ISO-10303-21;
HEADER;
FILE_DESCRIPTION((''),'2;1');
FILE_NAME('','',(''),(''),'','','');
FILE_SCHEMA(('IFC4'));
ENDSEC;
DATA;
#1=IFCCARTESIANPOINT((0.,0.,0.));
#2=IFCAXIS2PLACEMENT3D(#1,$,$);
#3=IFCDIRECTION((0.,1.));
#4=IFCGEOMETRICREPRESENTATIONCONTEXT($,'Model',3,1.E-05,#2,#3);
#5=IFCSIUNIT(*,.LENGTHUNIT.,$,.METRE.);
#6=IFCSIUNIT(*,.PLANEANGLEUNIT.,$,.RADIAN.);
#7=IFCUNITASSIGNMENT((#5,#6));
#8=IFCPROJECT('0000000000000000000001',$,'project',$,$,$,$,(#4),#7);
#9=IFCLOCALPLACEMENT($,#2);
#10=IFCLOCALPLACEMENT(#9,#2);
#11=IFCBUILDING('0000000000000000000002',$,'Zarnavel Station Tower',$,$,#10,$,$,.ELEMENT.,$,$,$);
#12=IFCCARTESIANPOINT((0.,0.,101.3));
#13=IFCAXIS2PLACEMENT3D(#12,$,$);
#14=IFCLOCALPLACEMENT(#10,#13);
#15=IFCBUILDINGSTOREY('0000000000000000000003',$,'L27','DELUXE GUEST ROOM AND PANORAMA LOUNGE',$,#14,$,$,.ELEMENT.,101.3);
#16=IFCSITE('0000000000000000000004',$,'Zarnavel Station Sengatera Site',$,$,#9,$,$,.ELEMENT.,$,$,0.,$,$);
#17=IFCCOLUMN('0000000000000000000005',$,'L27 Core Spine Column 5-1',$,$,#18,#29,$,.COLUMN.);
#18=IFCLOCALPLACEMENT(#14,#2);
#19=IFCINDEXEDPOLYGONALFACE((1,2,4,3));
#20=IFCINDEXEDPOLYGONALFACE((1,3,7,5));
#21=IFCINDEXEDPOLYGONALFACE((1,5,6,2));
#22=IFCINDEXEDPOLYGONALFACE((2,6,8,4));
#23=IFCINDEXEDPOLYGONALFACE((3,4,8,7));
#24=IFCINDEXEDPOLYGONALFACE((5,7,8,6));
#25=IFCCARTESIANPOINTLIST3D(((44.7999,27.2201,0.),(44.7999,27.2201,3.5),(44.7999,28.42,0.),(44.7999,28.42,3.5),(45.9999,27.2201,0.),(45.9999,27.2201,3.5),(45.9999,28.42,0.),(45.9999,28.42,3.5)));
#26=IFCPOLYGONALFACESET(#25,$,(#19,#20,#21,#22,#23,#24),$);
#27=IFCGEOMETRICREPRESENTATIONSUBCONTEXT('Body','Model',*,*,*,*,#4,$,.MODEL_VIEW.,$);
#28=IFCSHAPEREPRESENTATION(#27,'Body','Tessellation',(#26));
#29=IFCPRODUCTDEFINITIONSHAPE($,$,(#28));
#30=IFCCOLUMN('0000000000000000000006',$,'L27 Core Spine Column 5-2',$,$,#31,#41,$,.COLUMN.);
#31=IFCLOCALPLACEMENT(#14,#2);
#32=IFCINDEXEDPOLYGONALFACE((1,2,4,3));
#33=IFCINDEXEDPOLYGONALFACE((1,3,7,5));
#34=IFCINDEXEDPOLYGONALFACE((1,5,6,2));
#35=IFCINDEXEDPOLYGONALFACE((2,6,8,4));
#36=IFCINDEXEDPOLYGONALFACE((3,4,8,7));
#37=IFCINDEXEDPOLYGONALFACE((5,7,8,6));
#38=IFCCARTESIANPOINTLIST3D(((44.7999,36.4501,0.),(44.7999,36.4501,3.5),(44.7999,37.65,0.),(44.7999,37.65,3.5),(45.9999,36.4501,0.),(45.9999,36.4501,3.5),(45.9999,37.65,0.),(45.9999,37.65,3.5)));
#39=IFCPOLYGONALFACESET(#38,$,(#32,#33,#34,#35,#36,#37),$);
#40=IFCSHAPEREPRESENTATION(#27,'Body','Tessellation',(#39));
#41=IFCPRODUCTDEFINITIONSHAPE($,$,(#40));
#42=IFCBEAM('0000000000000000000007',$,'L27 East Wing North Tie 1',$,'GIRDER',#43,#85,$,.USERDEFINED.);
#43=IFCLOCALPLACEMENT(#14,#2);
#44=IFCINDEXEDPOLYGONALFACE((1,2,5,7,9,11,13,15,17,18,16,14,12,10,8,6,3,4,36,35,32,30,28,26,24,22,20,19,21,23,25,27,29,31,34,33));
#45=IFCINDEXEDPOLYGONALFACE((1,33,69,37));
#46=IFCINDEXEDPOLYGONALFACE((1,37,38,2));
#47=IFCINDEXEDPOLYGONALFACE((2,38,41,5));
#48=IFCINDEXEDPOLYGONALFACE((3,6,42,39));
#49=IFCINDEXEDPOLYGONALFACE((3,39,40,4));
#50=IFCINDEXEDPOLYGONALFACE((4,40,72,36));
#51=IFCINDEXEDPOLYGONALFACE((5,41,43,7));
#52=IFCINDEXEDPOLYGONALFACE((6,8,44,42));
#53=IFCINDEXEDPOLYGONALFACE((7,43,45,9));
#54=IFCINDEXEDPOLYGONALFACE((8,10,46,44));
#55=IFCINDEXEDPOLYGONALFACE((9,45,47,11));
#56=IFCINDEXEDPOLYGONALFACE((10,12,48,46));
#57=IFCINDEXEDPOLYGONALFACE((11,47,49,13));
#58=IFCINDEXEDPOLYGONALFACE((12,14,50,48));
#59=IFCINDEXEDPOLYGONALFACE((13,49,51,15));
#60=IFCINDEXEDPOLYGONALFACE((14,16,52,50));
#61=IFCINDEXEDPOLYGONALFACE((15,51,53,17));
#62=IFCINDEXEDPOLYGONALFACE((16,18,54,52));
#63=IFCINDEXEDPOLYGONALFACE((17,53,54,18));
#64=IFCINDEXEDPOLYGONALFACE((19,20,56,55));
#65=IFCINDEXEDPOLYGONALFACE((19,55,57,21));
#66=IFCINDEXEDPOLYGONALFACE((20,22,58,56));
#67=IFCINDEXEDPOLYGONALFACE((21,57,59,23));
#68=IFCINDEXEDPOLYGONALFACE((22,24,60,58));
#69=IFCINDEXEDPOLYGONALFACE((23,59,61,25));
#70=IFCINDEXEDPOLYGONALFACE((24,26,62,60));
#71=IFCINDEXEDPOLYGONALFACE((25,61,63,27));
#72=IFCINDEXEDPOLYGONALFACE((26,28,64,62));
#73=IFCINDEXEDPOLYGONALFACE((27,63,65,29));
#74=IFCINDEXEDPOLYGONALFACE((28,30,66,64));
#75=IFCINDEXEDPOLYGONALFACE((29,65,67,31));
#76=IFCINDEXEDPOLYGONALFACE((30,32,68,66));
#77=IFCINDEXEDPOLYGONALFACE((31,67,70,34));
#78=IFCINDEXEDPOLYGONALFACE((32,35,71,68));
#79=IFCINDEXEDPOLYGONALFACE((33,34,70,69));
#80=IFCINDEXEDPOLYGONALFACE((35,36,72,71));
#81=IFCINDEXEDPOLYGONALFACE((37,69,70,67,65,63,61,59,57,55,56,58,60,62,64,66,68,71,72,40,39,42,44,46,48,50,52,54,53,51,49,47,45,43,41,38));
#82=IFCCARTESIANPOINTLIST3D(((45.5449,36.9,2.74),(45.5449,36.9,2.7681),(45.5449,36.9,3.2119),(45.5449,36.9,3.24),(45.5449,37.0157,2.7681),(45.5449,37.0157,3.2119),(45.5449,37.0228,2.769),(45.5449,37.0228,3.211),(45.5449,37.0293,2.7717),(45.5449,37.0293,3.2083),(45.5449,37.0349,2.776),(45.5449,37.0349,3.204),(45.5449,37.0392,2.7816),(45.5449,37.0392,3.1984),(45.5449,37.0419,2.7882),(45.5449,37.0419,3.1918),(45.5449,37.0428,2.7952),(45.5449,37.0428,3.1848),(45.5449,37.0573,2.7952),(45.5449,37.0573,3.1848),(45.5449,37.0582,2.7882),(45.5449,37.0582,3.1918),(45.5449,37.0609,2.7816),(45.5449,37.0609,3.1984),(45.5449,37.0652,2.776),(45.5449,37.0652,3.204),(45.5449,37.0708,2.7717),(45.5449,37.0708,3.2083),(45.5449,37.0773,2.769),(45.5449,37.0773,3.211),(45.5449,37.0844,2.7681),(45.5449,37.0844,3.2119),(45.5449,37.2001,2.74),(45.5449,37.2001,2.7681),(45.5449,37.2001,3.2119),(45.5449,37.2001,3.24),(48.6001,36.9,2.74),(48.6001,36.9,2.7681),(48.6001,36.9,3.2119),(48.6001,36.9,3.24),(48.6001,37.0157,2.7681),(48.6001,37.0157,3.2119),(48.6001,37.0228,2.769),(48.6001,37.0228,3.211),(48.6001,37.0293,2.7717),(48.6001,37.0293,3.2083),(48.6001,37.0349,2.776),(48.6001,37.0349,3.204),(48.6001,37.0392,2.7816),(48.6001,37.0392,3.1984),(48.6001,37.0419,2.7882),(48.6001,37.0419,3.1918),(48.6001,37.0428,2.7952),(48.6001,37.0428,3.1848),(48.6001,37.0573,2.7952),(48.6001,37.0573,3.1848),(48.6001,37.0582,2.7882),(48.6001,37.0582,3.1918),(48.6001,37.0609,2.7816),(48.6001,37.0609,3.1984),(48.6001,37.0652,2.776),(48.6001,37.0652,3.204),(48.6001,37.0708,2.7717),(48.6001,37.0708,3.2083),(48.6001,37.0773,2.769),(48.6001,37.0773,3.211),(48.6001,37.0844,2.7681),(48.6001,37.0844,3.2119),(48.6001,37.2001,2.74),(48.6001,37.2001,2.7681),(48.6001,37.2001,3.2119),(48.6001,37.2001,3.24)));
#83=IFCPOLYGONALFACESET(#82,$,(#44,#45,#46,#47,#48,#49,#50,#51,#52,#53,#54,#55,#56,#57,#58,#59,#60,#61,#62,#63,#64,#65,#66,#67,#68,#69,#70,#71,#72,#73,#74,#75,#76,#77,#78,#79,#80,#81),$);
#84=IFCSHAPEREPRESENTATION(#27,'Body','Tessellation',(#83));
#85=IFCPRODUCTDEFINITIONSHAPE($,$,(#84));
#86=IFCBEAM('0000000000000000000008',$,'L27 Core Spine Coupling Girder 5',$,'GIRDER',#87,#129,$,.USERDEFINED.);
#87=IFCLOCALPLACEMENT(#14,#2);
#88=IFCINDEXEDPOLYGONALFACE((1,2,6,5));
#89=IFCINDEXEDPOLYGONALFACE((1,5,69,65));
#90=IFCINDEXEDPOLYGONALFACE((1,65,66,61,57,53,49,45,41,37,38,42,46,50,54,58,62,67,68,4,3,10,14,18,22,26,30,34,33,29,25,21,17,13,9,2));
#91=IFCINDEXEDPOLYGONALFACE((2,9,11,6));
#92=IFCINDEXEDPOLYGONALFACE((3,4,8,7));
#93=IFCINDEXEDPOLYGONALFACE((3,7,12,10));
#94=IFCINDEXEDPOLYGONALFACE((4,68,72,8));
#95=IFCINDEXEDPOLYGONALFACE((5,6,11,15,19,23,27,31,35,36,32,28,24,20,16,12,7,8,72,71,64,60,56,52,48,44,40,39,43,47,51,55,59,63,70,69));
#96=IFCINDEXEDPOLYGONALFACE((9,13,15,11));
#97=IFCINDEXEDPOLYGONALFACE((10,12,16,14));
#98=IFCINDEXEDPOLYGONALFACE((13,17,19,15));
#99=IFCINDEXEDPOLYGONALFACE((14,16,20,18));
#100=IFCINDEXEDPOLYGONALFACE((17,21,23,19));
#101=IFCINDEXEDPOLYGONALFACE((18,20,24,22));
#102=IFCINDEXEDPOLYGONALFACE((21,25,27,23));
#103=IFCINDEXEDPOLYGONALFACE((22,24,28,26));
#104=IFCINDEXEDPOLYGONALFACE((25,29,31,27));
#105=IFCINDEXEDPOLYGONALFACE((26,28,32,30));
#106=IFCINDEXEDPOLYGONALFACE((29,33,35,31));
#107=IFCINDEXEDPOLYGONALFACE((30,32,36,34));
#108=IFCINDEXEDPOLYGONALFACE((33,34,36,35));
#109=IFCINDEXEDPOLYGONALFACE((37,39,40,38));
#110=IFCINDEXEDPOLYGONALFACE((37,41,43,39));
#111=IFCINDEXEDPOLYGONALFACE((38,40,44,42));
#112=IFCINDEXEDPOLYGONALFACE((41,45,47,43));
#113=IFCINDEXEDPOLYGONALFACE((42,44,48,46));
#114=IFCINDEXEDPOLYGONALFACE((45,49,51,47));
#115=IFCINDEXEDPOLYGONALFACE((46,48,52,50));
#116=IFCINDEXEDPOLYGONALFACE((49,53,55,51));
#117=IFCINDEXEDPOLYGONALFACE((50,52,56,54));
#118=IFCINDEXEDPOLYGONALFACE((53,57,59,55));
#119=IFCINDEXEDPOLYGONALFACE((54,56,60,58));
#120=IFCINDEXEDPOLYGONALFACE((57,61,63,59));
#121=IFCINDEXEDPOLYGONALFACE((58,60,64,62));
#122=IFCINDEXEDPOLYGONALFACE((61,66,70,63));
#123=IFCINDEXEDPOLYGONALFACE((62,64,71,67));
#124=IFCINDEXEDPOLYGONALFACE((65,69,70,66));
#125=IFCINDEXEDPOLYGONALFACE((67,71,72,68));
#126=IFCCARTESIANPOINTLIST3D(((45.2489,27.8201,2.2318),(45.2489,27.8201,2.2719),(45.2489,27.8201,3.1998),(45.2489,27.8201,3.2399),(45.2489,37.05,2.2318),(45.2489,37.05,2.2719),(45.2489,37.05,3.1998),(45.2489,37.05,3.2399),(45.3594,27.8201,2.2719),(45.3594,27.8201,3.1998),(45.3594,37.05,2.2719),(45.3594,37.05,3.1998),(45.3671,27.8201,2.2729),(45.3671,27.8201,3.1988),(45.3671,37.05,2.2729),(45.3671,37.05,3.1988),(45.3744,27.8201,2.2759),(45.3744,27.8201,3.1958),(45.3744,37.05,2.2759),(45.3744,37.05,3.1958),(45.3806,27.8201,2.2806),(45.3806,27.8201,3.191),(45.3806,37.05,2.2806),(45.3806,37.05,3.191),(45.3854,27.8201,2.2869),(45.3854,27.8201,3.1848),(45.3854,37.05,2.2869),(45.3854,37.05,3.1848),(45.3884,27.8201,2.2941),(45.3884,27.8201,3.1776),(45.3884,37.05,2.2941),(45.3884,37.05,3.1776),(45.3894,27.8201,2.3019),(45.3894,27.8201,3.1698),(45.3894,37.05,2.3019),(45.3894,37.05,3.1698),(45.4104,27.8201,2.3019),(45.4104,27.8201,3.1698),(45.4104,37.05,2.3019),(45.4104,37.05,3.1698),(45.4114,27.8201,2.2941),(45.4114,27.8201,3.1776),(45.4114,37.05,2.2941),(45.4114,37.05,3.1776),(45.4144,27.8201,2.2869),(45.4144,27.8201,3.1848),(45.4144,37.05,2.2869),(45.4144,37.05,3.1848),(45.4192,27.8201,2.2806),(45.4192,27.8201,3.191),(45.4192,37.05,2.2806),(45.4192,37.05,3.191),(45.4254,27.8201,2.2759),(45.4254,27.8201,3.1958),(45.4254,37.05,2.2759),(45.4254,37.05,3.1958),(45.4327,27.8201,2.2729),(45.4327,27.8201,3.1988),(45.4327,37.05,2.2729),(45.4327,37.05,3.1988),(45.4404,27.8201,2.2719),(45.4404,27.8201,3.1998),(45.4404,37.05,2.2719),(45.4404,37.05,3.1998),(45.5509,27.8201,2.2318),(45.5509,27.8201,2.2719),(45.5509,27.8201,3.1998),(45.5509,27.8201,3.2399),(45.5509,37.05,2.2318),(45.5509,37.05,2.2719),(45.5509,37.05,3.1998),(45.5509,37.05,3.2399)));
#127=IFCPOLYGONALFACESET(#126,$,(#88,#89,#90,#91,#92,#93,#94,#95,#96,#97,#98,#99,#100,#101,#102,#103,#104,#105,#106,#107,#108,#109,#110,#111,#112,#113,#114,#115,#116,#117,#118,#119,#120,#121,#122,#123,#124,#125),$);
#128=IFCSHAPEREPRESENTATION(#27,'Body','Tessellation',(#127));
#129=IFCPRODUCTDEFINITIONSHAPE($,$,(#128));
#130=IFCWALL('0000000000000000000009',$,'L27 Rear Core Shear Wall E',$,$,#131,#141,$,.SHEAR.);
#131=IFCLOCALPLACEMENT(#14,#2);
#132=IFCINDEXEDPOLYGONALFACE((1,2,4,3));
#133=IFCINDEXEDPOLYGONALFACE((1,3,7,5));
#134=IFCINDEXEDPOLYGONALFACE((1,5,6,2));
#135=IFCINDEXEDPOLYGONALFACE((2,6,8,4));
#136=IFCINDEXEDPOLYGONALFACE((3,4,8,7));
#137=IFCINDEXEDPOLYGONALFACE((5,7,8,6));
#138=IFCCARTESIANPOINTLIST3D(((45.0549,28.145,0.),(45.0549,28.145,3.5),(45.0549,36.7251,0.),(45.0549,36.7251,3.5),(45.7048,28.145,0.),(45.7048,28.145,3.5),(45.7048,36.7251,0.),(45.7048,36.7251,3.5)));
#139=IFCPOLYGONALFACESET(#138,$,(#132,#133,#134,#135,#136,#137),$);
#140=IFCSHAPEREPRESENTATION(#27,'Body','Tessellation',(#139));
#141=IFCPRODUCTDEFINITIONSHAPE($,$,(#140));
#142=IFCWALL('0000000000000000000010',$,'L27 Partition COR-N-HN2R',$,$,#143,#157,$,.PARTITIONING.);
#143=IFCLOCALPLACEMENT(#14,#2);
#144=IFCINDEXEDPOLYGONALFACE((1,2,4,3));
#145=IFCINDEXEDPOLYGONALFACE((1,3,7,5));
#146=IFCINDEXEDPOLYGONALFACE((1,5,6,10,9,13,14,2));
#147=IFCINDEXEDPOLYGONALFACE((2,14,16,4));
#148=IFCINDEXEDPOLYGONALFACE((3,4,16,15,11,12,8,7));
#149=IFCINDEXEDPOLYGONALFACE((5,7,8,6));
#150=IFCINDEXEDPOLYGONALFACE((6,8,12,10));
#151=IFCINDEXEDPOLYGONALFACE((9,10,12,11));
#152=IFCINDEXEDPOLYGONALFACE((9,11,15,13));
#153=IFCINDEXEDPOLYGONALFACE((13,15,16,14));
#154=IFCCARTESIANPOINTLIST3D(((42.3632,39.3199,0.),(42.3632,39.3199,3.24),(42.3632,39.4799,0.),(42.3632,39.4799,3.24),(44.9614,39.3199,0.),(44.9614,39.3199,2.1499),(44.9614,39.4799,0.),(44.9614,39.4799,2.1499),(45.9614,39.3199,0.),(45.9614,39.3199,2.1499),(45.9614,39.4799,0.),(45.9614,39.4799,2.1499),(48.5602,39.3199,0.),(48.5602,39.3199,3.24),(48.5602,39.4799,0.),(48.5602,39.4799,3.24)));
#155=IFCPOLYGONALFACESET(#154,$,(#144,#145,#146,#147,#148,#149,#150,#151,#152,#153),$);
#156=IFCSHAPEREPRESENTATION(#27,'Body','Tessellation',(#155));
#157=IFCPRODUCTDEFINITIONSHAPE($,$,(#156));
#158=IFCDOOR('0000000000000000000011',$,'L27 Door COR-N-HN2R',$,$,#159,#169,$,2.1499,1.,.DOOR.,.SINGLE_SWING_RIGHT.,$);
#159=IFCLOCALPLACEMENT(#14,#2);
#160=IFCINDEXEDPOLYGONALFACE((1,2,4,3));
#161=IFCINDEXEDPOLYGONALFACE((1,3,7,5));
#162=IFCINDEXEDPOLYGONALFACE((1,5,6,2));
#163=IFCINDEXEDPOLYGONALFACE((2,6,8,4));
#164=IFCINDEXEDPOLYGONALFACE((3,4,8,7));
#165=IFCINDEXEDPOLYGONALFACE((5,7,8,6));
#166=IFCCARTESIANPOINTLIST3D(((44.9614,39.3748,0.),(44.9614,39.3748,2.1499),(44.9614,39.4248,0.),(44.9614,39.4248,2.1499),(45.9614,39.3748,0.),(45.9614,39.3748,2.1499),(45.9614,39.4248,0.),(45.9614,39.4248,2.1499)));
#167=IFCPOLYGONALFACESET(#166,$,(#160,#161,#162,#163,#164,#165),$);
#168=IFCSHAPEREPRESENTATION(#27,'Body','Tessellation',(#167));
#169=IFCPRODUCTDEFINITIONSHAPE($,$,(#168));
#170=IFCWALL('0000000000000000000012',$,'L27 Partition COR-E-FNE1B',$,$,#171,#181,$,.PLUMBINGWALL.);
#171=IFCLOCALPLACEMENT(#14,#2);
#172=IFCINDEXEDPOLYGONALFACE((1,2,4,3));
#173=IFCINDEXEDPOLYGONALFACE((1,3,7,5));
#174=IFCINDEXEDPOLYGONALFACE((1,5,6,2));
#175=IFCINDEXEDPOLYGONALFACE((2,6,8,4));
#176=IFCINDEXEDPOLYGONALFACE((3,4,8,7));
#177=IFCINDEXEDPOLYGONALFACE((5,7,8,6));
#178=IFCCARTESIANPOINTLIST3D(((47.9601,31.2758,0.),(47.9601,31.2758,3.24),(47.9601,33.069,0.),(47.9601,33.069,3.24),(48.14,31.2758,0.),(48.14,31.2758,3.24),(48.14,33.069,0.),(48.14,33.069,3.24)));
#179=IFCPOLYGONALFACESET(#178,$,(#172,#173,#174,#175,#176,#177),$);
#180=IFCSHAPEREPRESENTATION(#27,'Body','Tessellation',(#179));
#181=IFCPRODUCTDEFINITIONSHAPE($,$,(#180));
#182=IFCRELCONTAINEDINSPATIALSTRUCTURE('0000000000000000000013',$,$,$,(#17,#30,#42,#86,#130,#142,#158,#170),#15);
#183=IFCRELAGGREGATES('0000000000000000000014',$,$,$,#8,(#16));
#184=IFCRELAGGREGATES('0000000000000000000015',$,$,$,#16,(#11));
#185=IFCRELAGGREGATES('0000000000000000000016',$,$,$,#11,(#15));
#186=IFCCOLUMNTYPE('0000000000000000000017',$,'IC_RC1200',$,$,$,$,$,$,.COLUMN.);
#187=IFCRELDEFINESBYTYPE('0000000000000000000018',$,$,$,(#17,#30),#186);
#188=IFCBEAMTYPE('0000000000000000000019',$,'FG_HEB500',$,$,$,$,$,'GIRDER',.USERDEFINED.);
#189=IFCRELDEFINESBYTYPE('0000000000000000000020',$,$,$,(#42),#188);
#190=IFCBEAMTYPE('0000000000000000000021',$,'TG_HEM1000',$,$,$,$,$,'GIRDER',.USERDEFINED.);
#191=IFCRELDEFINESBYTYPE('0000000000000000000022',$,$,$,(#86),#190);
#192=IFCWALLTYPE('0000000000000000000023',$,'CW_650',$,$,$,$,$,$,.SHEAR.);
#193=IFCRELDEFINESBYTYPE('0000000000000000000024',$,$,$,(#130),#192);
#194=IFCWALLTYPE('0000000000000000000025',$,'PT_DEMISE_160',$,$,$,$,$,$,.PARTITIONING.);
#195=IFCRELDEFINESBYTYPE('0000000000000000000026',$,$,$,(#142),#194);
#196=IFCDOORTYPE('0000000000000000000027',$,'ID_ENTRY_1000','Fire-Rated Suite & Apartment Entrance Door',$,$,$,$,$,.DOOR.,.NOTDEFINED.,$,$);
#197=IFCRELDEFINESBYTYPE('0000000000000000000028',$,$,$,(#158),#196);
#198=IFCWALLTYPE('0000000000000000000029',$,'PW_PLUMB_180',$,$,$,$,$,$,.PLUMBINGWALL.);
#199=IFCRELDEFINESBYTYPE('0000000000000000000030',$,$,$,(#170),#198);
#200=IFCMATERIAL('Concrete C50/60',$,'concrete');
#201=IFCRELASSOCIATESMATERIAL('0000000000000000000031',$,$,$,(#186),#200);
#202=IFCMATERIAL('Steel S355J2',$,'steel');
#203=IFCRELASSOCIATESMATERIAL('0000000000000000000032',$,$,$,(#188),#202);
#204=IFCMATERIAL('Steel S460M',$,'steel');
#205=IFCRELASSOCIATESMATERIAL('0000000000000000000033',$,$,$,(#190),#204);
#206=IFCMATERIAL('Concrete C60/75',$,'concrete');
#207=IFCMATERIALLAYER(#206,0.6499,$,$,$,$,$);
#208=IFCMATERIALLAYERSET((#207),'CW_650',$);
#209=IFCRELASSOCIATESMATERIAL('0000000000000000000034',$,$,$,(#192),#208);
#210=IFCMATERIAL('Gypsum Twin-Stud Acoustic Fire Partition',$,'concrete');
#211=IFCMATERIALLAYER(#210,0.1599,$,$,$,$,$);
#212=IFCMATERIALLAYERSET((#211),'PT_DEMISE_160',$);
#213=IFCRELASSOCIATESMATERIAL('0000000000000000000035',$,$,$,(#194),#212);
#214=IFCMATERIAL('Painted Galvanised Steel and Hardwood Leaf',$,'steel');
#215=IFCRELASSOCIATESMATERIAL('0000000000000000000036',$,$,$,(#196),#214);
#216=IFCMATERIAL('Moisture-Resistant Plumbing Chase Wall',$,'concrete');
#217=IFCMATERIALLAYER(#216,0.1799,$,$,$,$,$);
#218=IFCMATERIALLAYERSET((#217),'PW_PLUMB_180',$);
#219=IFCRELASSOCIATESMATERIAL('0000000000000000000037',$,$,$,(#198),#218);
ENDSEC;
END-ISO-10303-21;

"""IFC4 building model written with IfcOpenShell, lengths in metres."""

from ifc_helpers import new_model, si_unit, direction, frame, frame_2d, origin, origin_2d, place, context, subcontext, project, spatial, rectangle, i_section, extrude, material, layer, layer_set, material_profile, profile_set, type_object, element, fill, save


model = new_model("IFC4")

# Units and contexts
model_context = context("Model", 3, precision=1e-05, world=origin(), true_north=direction((0.0, 1.0)))
body_context = subcontext(model_context, "Body", "Model", "MODEL_VIEW")
ifc_project = project(units=[si_unit("LENGTHUNIT", "METRE"), si_unit("PLANEANGLEUNIT", "RADIAN")], contexts=[model_context])

# Site, building, storey
site_placement = place(None, origin())
site = spatial("IfcSite", under=ifc_project, at=site_placement, Name="Zarnavel Station Sengatera Site", CompositionType="ELEMENT", RefElevation=0.0)
building_placement = place(site_placement, origin())
building = spatial("IfcBuilding", under=site, at=building_placement, Name="Zarnavel Station Tower", CompositionType="ELEMENT")
storey_placement = place(building_placement, frame((0.0, 0.0, 101.3)))
storey = spatial("IfcBuildingStorey", under=building, at=storey_placement, Name="L27", Description="DELUXE GUEST ROOM AND PANORAMA LOUNGE", CompositionType="ELEMENT", Elevation=101.3)

# Columns
ifc_material_1 = material(Name="Concrete C50/60", Category="concrete")
ifc_material_profile_1 = material_profile(ifc_material_1, rectangle(XDim=1.2, YDim=1.2, at=origin_2d()), Name="RC1200x1200")
ifc_profile_set_1 = profile_set([ifc_material_profile_1], Name="Concrete C50/60")
column_type = type_object("IfcColumnType", Name="IC_RC1200", PredefinedType="COLUMN", material=ifc_profile_set_1)
for number, where, z_axis, x_axis, name in (
    (1, (45.3999, 27.8201, 0.0), (0.0, 0.0, 1.0), (1.0, 0.0, 0.0), "L27 Core Spine Column 5-1"),
    (2, (45.3999, 37.05, 0.0), (0.0, 0.0, 1.0), (1.0, 0.0, 0.0), "L27 Core Spine Column 5-2"),
):
    element("IfcColumn", number, at=place(storey_placement, frame(where, z_axis=z_axis, x_axis=x_axis)), inside=storey, type_object=column_type, Name=name, PredefinedType="COLUMN", context=body_context, shape_type="SweptSolid", body=[
        extrude(rectangle(XDim=1.2, YDim=1.2, at=origin_2d()), origin(), (0.0, 0.0, 1.0), 3.5),
    ])

# Beams
ifc_material_2 = material(Name="Steel S355J2", Category="steel")
ifc_material_profile_2 = material_profile(ifc_material_2, i_section(OverallWidth=0.3, OverallDepth=0.5, WebThickness=0.0144, FlangeThickness=0.0281, FilletRadius=0.0271, at=origin_2d()), Name="HEB500")
ifc_profile_set_2 = profile_set([ifc_material_profile_2], Name="Steel S355J2")
beam_type_1 = type_object("IfcBeamType", Name="FG_HEB500", ElementType="GIRDER", PredefinedType="USERDEFINED", material=ifc_profile_set_2)
beam_1_placement = place(storey_placement, frame((45.5449, 37.05, 2.99), z_axis=(1.0, 0.0, 0.0), x_axis=(0.0, 1.0, 0.0)))
element("IfcBeam", 3, at=beam_1_placement, inside=storey, type_object=beam_type_1, Name="L27 East Wing North Tie 1", ObjectType="GIRDER", PredefinedType="USERDEFINED", context=body_context, shape_type="SweptSolid", body=[
    extrude(i_section(OverallWidth=0.3, OverallDepth=0.5, WebThickness=0.0144, FlangeThickness=0.0281, FilletRadius=0.0271, at=origin_2d()), origin(), (0.0, 0.0, 1.0), 3.0552),
])
ifc_material_3 = material(Name="Steel S460M", Category="steel")
ifc_material_profile_3 = material_profile(ifc_material_3, i_section(OverallWidth=0.302, OverallDepth=1.0081, WebThickness=0.021, FlangeThickness=0.04, FilletRadius=0.03, at=origin_2d()), Name="HEM1000")
ifc_profile_set_3 = profile_set([ifc_material_profile_3], Name="Steel S460M")
beam_type_2 = type_object("IfcBeamType", Name="TG_HEM1000", ElementType="GIRDER", PredefinedType="USERDEFINED", material=ifc_profile_set_3)
beam_2_placement = place(storey_placement, frame((45.3999, 27.8201, 2.7358), z_axis=(0.0, 1.0, 0.0), x_axis=(-1.0, 0.0, 0.0)))
element("IfcBeam", 4, at=beam_2_placement, inside=storey, type_object=beam_type_2, Name="L27 Core Spine Coupling Girder 5", ObjectType="GIRDER", PredefinedType="USERDEFINED", context=body_context, shape_type="SweptSolid", body=[
    extrude(i_section(OverallWidth=0.302, OverallDepth=1.0081, WebThickness=0.021, FlangeThickness=0.04, FilletRadius=0.03, at=origin_2d()), origin(), (0.0, 0.0, 1.0), 9.23),
])

# Shared definitions
ifc_material_4 = material(Name="Concrete C60/75", Category="concrete")
ifc_layer_1 = layer(ifc_material_4, 0.6499)
ifc_layer_set_1 = layer_set([ifc_layer_1], Name="CW_650")
wall_type_1 = type_object("IfcWallType", Name="CW_650", PredefinedType="SHEAR", material=ifc_layer_set_1)

# Wall
wall_1_placement = place(storey_placement, frame((45.3799, 28.145, 0.0), z_axis=(0.0, 0.0, 1.0), x_axis=(0.0, 1.0, 0.0)))
element("IfcWall", 5, at=wall_1_placement, inside=storey, type_object=wall_type_1, Name="L27 Rear Core Shear Wall E", PredefinedType="SHEAR", context=body_context, shape_type="SweptSolid", body=[
    extrude(rectangle(XDim=8.5801, YDim=0.6499, at=frame_2d((4.29, 0.0))), origin(), (0.0, 0.0, 1.0), 3.5),
])

# Wall, opening, door
ifc_material_5 = material(Name="Gypsum Twin-Stud Acoustic Fire Partition", Category="concrete")
ifc_layer_2 = layer(ifc_material_5, 0.1599)
ifc_layer_set_2 = layer_set([ifc_layer_2], Name="PT_DEMISE_160")
wall_type_2 = type_object("IfcWallType", Name="PT_DEMISE_160", PredefinedType="PARTITIONING", material=ifc_layer_set_2)
ifc_material_6 = material(Name="Painted Galvanised Steel and Hardwood Leaf", Category="steel")
door_type_1 = type_object("IfcDoorType", Name="ID_ENTRY_1000", Description="Fire-Rated Suite & Apartment Entrance Door", OperationType="NOTDEFINED", PredefinedType="DOOR", material=ifc_material_6)
wall_2_placement = place(storey_placement, frame((42.363, 39.3999, 0.0), z_axis=(0.0, 0.0, 1.0), x_axis=(1.0, 0.0, 0.0)))
wall_2 = element("IfcWall", 6, at=wall_2_placement, inside=storey, type_object=wall_type_2, Name="L27 Partition COR-N-HN2R", PredefinedType="PARTITIONING", context=body_context, shape_type="SweptSolid", body=[
    extrude(rectangle(XDim=6.197, YDim=0.1599, at=frame_2d((3.0986, 0.0))), origin(), (0.0, 0.0, 1.0), 3.24),
])
opening_1_placement = place(wall_2_placement, frame((2.5984, 0.0, 0.0)))
opening_1 = element("IfcOpeningElement", 7, at=opening_1_placement, cuts=wall_2, PredefinedType="OPENING", context=body_context, shape_type="SweptSolid", body=[
    extrude(rectangle(XDim=1.0, YDim=2.1499, at=frame_2d((0.5, 1.075))), frame((0.0, 0.0898, 0.0), z_axis=(0.0, -1.0, 0.0), x_axis=(1.0, 0.0, 0.0)), (0.0, 0.0, 1.0), 0.1799),
])
door_1_placement = place(opening_1_placement, origin())
door_1 = element("IfcDoor", 8, at=door_1_placement, inside=storey, type_object=door_type_1, Name="L27 Door COR-N-HN2R", OperationType="SINGLE_SWING_RIGHT", OverallHeight=2.1499, OverallWidth=1.0, PredefinedType="DOOR", context=body_context, shape_type="SweptSolid", body=[
    extrude(rectangle(XDim=1.0, YDim=2.1499, at=frame_2d((0.5, 1.075))), frame((0.0, 0.0249, 0.0), z_axis=(0.0, -1.0, 0.0), x_axis=(1.0, 0.0, 0.0)), (0.0, 0.0, 1.0), 0.05),
])
fill(opening_1, door_1)

# Wall
ifc_material_7 = material(Name="Moisture-Resistant Plumbing Chase Wall", Category="concrete")
ifc_layer_3 = layer(ifc_material_7, 0.1799)
ifc_layer_set_3 = layer_set([ifc_layer_3], Name="PW_PLUMB_180")
wall_type_3 = type_object("IfcWallType", Name="PW_PLUMB_180", PredefinedType="PLUMBINGWALL", material=ifc_layer_set_3)
wall_3_placement = place(storey_placement, frame((48.05, 31.2759, 0.0), z_axis=(0.0, 0.0, 1.0), x_axis=(0.0, 1.0, 0.0)))
element("IfcWall", 9, at=wall_3_placement, inside=storey, type_object=wall_type_3, Name="L27 Partition COR-E-FNE1B", PredefinedType="PLUMBINGWALL", context=body_context, shape_type="SweptSolid", body=[
    extrude(rectangle(XDim=1.7932, YDim=0.1799, at=frame_2d((0.8965, 0.0))), origin(), (0.0, 0.0, 1.0), 3.24),
])

save(model, "model.ifc")
